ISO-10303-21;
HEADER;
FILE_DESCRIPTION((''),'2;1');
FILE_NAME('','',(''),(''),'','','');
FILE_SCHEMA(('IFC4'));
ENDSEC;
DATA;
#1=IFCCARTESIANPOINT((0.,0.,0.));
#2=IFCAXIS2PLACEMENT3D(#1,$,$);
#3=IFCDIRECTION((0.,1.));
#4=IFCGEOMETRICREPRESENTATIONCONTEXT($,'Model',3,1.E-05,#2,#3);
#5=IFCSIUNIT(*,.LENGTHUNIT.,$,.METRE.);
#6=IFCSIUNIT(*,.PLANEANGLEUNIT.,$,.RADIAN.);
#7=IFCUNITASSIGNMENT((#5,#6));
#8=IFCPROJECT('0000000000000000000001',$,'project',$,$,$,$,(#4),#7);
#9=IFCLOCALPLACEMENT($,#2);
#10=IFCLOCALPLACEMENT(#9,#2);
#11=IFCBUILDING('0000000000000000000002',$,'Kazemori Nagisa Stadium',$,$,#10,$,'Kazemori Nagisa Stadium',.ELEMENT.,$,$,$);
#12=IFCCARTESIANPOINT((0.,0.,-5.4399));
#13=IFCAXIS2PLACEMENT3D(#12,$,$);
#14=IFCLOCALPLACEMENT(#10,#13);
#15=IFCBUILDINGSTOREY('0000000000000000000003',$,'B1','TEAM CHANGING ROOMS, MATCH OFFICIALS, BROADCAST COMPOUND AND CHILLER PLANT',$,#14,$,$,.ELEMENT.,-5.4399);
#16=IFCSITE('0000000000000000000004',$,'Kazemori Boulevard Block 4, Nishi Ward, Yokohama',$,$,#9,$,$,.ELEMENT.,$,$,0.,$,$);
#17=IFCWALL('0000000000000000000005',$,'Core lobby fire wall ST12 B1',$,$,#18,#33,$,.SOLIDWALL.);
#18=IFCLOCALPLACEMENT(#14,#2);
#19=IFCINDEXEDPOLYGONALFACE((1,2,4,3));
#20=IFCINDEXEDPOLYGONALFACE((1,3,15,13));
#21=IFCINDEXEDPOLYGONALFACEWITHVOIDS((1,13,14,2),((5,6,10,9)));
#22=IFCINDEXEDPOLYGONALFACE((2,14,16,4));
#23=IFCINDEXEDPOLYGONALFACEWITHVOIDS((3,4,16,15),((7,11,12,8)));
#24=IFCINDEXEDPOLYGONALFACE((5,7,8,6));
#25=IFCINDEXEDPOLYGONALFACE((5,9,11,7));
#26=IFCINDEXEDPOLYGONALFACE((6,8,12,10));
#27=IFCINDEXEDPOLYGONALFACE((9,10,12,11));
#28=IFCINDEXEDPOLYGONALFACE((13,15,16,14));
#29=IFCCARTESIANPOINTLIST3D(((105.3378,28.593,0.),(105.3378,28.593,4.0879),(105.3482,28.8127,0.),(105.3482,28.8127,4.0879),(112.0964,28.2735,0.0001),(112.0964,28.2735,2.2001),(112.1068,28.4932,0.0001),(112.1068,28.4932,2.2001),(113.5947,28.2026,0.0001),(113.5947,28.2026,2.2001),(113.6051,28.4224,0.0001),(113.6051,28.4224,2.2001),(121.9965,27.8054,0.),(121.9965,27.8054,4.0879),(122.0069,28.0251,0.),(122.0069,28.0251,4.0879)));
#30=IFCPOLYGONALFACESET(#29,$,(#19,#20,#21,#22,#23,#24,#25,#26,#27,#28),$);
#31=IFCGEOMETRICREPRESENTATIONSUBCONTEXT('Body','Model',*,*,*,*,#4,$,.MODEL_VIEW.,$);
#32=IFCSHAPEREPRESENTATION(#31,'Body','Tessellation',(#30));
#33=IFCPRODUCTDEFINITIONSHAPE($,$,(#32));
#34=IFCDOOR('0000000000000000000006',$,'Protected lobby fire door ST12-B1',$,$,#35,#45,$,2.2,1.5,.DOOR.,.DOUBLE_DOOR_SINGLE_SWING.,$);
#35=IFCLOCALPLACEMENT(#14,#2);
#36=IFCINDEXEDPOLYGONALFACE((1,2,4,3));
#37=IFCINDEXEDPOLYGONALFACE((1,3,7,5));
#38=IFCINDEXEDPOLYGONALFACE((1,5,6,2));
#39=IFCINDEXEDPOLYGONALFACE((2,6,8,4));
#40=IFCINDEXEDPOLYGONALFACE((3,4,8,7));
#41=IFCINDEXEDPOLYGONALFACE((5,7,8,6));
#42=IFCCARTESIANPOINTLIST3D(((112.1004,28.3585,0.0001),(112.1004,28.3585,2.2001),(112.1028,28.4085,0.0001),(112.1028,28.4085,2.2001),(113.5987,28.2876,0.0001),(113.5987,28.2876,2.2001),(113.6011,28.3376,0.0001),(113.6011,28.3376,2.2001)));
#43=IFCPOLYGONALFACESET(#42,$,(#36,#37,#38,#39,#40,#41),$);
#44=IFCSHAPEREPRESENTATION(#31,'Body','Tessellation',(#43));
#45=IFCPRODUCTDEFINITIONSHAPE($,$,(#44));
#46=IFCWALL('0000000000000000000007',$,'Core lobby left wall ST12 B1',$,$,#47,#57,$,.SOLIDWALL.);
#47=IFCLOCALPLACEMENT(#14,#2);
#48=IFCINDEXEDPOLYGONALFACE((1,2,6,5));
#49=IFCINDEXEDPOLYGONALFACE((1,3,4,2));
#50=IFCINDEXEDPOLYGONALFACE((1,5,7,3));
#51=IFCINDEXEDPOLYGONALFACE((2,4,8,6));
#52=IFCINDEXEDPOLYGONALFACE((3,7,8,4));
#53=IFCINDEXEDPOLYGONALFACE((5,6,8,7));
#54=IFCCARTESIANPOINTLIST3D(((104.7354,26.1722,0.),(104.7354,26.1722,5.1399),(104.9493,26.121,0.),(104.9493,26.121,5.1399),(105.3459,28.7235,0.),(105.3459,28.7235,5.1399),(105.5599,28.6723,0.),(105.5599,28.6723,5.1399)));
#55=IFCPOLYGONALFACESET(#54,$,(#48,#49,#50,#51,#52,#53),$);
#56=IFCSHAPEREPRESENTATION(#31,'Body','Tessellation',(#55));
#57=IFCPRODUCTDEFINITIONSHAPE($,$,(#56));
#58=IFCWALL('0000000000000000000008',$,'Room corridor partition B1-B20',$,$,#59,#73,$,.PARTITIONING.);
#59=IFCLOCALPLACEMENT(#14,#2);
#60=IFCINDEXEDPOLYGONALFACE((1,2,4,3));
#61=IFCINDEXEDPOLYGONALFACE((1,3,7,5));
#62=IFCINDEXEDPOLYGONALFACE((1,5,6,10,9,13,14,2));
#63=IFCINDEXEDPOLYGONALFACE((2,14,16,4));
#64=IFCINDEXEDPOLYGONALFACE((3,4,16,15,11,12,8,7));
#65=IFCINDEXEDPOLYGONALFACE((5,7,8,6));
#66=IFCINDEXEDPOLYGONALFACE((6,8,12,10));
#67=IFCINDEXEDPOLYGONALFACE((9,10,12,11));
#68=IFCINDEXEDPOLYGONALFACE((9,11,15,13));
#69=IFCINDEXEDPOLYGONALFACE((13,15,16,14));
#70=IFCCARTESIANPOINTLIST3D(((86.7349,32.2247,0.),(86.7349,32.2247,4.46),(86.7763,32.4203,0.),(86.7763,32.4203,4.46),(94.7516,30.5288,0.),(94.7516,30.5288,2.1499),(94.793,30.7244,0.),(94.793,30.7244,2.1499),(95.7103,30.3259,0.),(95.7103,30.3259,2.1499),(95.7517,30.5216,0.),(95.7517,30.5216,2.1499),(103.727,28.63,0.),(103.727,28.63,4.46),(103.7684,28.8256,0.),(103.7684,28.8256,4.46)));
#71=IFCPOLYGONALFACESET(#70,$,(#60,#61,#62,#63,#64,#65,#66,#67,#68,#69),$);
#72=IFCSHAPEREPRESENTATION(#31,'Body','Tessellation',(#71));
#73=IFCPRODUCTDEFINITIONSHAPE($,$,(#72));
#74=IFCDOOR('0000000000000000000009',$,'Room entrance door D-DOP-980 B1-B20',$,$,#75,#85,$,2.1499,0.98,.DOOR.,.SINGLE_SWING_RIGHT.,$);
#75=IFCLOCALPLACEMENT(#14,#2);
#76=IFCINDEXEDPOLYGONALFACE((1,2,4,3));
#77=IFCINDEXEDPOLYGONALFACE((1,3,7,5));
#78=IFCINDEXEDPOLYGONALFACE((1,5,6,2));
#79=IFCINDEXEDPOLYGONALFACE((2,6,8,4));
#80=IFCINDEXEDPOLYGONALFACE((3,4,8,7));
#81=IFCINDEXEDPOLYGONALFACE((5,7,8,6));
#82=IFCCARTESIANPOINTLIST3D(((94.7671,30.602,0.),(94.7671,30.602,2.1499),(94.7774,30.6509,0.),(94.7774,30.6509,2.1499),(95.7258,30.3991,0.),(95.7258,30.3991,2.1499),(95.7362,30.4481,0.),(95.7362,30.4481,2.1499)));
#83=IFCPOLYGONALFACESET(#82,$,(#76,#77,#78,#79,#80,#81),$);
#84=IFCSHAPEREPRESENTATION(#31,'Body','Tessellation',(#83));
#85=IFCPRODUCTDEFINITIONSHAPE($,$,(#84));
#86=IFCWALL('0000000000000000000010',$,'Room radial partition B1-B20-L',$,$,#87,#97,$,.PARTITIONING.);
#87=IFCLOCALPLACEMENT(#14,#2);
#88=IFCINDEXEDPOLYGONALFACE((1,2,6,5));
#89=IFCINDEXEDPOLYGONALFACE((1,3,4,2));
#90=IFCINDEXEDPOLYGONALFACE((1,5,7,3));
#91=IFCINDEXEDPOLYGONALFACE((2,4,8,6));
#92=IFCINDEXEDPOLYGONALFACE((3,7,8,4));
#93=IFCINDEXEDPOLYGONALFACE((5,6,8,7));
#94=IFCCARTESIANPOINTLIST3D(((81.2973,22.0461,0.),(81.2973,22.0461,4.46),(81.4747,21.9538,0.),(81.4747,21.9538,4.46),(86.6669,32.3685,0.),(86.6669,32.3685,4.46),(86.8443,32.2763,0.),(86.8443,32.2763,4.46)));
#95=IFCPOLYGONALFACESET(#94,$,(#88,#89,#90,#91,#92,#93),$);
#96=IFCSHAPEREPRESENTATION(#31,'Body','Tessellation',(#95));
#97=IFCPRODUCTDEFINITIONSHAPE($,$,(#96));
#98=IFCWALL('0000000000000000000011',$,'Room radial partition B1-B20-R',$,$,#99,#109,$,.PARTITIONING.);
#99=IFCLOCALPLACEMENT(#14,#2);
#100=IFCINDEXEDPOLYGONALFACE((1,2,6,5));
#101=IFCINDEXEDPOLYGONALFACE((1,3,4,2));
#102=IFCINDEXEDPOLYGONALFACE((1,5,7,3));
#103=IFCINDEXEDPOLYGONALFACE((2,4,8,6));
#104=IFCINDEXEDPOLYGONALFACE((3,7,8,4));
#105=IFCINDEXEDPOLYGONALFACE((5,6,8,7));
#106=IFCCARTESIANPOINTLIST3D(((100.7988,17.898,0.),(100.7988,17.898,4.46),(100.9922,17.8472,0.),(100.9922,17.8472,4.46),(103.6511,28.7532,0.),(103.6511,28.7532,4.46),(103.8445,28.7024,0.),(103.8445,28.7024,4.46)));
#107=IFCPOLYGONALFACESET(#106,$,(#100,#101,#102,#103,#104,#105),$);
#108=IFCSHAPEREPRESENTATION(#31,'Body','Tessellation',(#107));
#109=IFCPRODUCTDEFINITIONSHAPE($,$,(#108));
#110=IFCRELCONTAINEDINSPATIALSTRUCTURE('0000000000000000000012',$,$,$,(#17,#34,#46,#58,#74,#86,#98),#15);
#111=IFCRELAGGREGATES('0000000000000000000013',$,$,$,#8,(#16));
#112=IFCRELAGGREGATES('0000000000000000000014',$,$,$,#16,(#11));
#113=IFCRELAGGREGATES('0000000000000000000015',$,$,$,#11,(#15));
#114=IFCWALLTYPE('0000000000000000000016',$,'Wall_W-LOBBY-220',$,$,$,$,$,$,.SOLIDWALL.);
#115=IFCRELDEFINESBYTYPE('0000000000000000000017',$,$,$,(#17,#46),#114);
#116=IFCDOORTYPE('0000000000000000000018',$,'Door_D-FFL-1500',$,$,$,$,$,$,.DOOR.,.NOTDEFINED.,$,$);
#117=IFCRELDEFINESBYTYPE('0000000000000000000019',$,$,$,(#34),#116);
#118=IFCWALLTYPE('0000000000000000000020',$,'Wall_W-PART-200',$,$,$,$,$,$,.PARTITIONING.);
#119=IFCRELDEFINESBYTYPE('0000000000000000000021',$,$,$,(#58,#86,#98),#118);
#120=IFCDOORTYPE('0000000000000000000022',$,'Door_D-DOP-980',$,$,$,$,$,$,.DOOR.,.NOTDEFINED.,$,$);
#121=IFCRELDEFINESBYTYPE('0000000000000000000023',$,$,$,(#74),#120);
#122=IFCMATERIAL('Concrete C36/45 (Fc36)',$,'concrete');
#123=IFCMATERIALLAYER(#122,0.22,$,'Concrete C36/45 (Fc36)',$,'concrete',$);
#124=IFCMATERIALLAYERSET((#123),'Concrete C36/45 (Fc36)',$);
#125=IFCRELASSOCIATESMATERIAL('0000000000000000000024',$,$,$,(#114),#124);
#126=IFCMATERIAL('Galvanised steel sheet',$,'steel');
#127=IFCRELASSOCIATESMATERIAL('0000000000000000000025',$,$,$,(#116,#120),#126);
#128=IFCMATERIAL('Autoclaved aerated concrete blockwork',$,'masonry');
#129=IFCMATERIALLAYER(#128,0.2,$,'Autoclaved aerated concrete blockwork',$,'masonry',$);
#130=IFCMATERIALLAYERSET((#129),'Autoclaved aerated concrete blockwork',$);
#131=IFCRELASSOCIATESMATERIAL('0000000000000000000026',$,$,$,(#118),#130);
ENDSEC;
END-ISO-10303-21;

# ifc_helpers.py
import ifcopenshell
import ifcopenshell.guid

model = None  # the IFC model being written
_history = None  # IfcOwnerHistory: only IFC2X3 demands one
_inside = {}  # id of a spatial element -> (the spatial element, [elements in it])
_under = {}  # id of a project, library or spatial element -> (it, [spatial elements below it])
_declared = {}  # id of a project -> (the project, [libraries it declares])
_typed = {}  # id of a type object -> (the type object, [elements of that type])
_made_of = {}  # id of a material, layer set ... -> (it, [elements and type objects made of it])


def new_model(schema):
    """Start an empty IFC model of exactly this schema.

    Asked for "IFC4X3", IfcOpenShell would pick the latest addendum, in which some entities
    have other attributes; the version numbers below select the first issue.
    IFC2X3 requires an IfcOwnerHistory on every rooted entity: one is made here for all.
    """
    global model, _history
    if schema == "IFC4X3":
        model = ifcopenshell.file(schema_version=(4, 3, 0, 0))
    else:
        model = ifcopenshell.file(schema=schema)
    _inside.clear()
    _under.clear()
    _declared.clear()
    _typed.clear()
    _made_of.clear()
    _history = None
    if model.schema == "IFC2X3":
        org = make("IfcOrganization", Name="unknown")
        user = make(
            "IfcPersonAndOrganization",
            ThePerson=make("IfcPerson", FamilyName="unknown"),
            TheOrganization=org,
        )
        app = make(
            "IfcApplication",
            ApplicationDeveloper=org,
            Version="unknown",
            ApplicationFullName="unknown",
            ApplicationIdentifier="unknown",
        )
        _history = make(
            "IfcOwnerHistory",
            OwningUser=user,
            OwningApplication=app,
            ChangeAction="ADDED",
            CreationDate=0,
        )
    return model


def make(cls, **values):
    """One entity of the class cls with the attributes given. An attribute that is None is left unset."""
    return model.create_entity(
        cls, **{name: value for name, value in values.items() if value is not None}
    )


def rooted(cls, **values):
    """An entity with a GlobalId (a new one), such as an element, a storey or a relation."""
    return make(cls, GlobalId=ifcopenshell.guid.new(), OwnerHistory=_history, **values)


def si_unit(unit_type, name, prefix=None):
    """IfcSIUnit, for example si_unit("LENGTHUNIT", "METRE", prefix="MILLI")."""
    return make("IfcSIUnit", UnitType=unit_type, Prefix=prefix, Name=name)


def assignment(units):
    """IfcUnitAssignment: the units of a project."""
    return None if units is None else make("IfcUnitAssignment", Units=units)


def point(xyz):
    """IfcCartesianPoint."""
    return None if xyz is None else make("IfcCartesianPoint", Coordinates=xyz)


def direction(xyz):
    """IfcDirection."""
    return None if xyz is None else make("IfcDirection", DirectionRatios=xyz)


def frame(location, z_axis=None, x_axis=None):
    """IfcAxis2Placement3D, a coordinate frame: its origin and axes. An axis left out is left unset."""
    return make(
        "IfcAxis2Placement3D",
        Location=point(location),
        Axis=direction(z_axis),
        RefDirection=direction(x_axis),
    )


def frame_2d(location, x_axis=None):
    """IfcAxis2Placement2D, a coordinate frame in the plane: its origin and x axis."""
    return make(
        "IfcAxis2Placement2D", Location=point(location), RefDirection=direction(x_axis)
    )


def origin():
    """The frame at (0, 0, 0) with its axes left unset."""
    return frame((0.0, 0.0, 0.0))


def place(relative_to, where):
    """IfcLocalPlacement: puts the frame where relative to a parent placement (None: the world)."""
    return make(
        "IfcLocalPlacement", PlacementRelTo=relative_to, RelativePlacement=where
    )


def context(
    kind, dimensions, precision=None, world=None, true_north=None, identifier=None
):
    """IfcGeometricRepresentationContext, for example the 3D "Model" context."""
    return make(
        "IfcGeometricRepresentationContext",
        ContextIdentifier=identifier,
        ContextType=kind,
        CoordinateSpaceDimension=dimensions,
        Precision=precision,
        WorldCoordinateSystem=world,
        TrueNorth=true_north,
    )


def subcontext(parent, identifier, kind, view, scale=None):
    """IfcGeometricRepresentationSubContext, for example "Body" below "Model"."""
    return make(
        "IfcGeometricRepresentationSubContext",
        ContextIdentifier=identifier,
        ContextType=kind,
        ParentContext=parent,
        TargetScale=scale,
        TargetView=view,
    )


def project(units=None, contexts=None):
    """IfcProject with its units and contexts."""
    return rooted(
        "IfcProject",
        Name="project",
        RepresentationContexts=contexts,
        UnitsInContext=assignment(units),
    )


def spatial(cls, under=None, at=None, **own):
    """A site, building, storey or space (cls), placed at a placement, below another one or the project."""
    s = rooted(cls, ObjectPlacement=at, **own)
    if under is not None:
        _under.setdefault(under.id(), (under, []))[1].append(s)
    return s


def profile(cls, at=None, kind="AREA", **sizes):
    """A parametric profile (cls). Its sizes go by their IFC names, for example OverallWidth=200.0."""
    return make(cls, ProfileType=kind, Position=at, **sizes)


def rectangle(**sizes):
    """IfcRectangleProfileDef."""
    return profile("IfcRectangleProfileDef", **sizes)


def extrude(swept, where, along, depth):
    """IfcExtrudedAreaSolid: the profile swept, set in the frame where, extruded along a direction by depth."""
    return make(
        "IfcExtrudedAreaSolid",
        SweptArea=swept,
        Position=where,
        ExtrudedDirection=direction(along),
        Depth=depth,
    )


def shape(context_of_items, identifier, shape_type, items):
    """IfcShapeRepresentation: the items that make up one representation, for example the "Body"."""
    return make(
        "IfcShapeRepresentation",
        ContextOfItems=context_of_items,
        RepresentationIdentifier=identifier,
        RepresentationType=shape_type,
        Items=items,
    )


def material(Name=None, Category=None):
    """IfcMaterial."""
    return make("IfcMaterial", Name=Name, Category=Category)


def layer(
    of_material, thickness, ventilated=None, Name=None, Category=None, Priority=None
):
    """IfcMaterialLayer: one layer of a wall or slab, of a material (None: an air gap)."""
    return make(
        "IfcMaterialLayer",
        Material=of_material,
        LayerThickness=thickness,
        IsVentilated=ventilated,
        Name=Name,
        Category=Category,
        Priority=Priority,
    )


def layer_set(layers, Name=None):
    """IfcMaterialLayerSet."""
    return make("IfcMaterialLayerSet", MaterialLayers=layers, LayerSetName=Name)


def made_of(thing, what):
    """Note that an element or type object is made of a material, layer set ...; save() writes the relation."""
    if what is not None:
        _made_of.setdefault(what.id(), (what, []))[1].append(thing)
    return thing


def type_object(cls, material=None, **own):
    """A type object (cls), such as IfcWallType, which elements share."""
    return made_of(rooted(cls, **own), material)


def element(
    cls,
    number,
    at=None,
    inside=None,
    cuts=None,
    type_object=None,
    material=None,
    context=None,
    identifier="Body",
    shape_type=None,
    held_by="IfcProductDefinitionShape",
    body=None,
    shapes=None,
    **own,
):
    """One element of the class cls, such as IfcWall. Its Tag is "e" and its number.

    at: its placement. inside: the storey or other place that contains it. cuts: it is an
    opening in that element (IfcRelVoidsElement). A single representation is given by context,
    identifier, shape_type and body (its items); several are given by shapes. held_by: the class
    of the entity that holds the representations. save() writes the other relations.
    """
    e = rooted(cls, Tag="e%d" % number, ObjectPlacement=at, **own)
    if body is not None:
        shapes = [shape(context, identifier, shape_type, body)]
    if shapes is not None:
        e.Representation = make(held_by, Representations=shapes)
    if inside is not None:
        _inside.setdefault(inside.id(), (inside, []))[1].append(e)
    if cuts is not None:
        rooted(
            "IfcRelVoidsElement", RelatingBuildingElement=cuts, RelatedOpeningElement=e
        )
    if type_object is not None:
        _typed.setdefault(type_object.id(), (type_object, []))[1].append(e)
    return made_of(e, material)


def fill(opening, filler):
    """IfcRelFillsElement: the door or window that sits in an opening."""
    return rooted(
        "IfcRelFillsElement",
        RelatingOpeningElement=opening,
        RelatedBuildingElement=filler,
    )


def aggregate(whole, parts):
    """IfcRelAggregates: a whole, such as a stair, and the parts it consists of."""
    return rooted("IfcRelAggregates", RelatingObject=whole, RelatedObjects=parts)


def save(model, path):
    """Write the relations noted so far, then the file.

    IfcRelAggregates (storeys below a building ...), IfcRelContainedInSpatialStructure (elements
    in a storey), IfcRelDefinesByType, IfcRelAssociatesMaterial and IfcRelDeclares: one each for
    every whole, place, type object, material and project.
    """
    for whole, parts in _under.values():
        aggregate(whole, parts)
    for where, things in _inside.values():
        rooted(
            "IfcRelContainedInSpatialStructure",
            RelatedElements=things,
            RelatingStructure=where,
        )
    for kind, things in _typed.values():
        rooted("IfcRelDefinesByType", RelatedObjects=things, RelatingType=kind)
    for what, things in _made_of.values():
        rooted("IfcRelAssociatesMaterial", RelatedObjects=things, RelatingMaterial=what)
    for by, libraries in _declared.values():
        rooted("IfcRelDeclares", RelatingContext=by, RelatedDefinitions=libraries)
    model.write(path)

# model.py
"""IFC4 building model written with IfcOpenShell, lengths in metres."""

from ifc_helpers import new_model, si_unit, direction, frame, frame_2d, origin, place, context, subcontext, project, spatial, rectangle, extrude, material, layer, layer_set, type_object, element, fill, save


model = new_model("IFC4")

# Units and contexts
model_context = context("Model", 3, precision=1e-05, world=origin(), true_north=direction((0.0, 1.0)))
body_context = subcontext(model_context, "Body", "Model", "MODEL_VIEW")
ifc_project = project(units=[si_unit("LENGTHUNIT", "METRE"), si_unit("PLANEANGLEUNIT", "RADIAN")], contexts=[model_context])

# Site, building, storey
site_placement = place(None, origin())
site = spatial("IfcSite", under=ifc_project, at=site_placement, Name="Kazemori Boulevard Block 4, Nishi Ward, Yokohama", CompositionType="ELEMENT", RefElevation=0.0)
building_placement = place(site_placement, origin())
building = spatial("IfcBuilding", under=site, at=building_placement, Name="Kazemori Nagisa Stadium", LongName="Kazemori Nagisa Stadium", CompositionType="ELEMENT")
storey_placement = place(building_placement, frame((0.0, 0.0, -5.4399)))
storey = spatial("IfcBuildingStorey", under=building, at=storey_placement, Name="B1", Description="TEAM CHANGING ROOMS, MATCH OFFICIALS, BROADCAST COMPOUND AND CHILLER PLANT", CompositionType="ELEMENT", Elevation=-5.4399)

# Shared definitions
ifc_material_1 = material(Name="Concrete C36/45 (Fc36)", Category="concrete")

# Shared definitions
ifc_material_2 = material(Name="Galvanised steel sheet", Category="steel")

# Wall, opening, door
ifc_layer_1 = layer(ifc_material_1, 0.22, Name="Concrete C36/45 (Fc36)", Category="concrete")
ifc_layer_set_1 = layer_set([ifc_layer_1], Name="Concrete C36/45 (Fc36)")
wall_type_1 = type_object("IfcWallType", Name="Wall_W-LOBBY-220", PredefinedType="SOLIDWALL", material=ifc_layer_set_1)
wall_1_placement = place(storey_placement, frame((105.343, 28.7029, 0.0), z_axis=(0.0, 0.0, 1.0), x_axis=(0.998884, -0.047226, 0.0)))
wall_1 = element("IfcWall", 1, at=wall_1_placement, inside=storey, type_object=wall_type_1, Name="Core lobby fire wall ST12 B1", PredefinedType="SOLIDWALL", context=body_context, shape_type="SweptSolid", body=[
    extrude(rectangle(XDim=16.6772, YDim=0.22, at=frame_2d((8.3386, 0.0))), origin(), (0.0, 0.0, 1.0), 4.0879),
])
opening_1_placement = place(wall_1_placement, frame((6.7661, 0.0, 0.0)))
opening_1 = element("IfcOpeningElement", 2, at=opening_1_placement, cuts=wall_1, PredefinedType="OPENING", context=body_context, shape_type="SweptSolid", body=[
    extrude(rectangle(XDim=1.5, YDim=2.2, at=frame_2d((0.75, 1.1001))), frame((0.0, 0.1199, 0.0), z_axis=(0.0, -1.0, 0.0), x_axis=(1.0, 0.0, 0.0)), (0.0, 0.0, 1.0), 0.24),
])
door_type_1 = type_object("IfcDoorType", Name="Door_D-FFL-1500", OperationType="NOTDEFINED", PredefinedType="DOOR", material=ifc_material_2)
door_1_placement = place(opening_1_placement, frame((1.5, 0.0, 0.0), z_axis=(0.0, 0.0, 1.0), x_axis=(-1.0, 0.0, 0.0)))
door_1 = element("IfcDoor", 3, at=door_1_placement, inside=storey, type_object=door_type_1, Name="Protected lobby fire door ST12-B1", OperationType="DOUBLE_DOOR_SINGLE_SWING", OverallHeight=2.2, OverallWidth=1.5, PredefinedType="DOOR", context=body_context, shape_type="SweptSolid", body=[
    extrude(rectangle(XDim=1.5, YDim=2.2, at=frame_2d((0.75, 1.1001))), frame((0.0, 0.0249, 0.0), z_axis=(0.0, -1.0, 0.0), x_axis=(1.0, 0.0, 0.0)), (0.0, 0.0, 1.0), 0.05),
])
fill(opening_1, door_1)

# Wall
wall_2_placement = place(storey_placement, frame((105.4529, 28.6978, 0.0), z_axis=(0.0, 0.0, 1.0), x_axis=(-0.232757, -0.972535, 0.0)))
element("IfcWall", 4, at=wall_2_placement, inside=storey, type_object=wall_type_1, Name="Core lobby left wall ST12 B1", PredefinedType="SOLIDWALL", context=body_context, shape_type="SweptSolid", body=[
    extrude(rectangle(XDim=2.6233, YDim=0.22, at=frame_2d((1.3115, 0.0))), origin(), (0.0, 0.0, 1.0), 5.1399),
])

# Wall, opening, door
ifc_material_3 = material(Name="Autoclaved aerated concrete blockwork", Category="masonry")
ifc_layer_2 = layer(ifc_material_3, 0.2, Name="Autoclaved aerated concrete blockwork", Category="masonry")
ifc_layer_set_2 = layer_set([ifc_layer_2], Name="Autoclaved aerated concrete blockwork")
wall_type_2 = type_object("IfcWallType", Name="Wall_W-PART-200", PredefinedType="PARTITIONING", material=ifc_layer_set_2)
wall_3_placement = place(storey_placement, frame((86.7556, 32.3225, 0.0), z_axis=(0.0, 0.0, 1.0), x_axis=(0.978347, -0.206971, 0.0)))
wall_3 = element("IfcWall", 5, at=wall_3_placement, inside=storey, type_object=wall_type_2, Name="Room corridor partition B1-B20", PredefinedType="PARTITIONING", context=body_context, shape_type="SweptSolid", body=[
    extrude(rectangle(XDim=17.3682, YDim=0.2, at=frame_2d((8.6841, 0.0))), origin(), (0.0, 0.0, 1.0), 4.46),
])
opening_2_placement = place(wall_3_placement, frame((8.1941, 0.0, 0.0)))
opening_2 = element("IfcOpeningElement", 6, at=opening_2_placement, cuts=wall_3, PredefinedType="OPENING", context=body_context, shape_type="SweptSolid", body=[
    extrude(rectangle(XDim=0.98, YDim=2.1499, at=frame_2d((0.49, 1.075))), frame((0.0, 0.1099, 0.0), z_axis=(0.0, -1.0, 0.0), x_axis=(1.0, 0.0, 0.0)), (0.0, 0.0, 1.0), 0.22),
])
door_type_2 = type_object("IfcDoorType", Name="Door_D-DOP-980", OperationType="NOTDEFINED", PredefinedType="DOOR", material=ifc_material_2)
door_2_placement = place(opening_2_placement, origin())
door_2 = element("IfcDoor", 7, at=door_2_placement, inside=storey, type_object=door_type_2, Name="Room entrance door D-DOP-980 B1-B20", OperationType="SINGLE_SWING_RIGHT", OverallHeight=2.1499, OverallWidth=0.98, PredefinedType="DOOR", context=body_context, shape_type="SweptSolid", body=[
    extrude(rectangle(XDim=0.98, YDim=2.1499, at=frame_2d((0.49, 1.075))), frame((0.0, 0.0249, 0.0), z_axis=(0.0, -1.0, 0.0), x_axis=(1.0, 0.0, 0.0)), (0.0, 0.0, 1.0), 0.05),
])
fill(opening_2, door_2)

# Walls
wall_4_placement = place(storey_placement, frame((86.7556, 32.3225, 0.0), z_axis=(0.0, 0.0, 1.0), x_axis=(-0.461483, -0.887149, 0.0)))
element("IfcWall", 8, at=wall_4_placement, inside=storey, type_object=wall_type_2, Name="Room radial partition B1-B20-L", PredefinedType="PARTITIONING", context=body_context, shape_type="SweptSolid", body=[
    extrude(rectangle(XDim=11.6355, YDim=0.2, at=frame_2d((5.8179, 0.0))), origin(), (0.0, 0.0, 1.0), 4.46),
])
wall_5_placement = place(storey_placement, frame((103.7478, 28.7278, 0.0), z_axis=(0.0, 0.0, 1.0), x_axis=(-0.254131, -0.96717, 0.0)))
element("IfcWall", 9, at=wall_5_placement, inside=storey, type_object=wall_type_2, Name="Room radial partition B1-B20-R", PredefinedType="PARTITIONING", context=body_context, shape_type="SweptSolid", body=[
    extrude(rectangle(XDim=11.2236, YDim=0.2, at=frame_2d((5.6118, 0.0))), origin(), (0.0, 0.0, 1.0), 4.46),
])

save(model, "model.ifc")
